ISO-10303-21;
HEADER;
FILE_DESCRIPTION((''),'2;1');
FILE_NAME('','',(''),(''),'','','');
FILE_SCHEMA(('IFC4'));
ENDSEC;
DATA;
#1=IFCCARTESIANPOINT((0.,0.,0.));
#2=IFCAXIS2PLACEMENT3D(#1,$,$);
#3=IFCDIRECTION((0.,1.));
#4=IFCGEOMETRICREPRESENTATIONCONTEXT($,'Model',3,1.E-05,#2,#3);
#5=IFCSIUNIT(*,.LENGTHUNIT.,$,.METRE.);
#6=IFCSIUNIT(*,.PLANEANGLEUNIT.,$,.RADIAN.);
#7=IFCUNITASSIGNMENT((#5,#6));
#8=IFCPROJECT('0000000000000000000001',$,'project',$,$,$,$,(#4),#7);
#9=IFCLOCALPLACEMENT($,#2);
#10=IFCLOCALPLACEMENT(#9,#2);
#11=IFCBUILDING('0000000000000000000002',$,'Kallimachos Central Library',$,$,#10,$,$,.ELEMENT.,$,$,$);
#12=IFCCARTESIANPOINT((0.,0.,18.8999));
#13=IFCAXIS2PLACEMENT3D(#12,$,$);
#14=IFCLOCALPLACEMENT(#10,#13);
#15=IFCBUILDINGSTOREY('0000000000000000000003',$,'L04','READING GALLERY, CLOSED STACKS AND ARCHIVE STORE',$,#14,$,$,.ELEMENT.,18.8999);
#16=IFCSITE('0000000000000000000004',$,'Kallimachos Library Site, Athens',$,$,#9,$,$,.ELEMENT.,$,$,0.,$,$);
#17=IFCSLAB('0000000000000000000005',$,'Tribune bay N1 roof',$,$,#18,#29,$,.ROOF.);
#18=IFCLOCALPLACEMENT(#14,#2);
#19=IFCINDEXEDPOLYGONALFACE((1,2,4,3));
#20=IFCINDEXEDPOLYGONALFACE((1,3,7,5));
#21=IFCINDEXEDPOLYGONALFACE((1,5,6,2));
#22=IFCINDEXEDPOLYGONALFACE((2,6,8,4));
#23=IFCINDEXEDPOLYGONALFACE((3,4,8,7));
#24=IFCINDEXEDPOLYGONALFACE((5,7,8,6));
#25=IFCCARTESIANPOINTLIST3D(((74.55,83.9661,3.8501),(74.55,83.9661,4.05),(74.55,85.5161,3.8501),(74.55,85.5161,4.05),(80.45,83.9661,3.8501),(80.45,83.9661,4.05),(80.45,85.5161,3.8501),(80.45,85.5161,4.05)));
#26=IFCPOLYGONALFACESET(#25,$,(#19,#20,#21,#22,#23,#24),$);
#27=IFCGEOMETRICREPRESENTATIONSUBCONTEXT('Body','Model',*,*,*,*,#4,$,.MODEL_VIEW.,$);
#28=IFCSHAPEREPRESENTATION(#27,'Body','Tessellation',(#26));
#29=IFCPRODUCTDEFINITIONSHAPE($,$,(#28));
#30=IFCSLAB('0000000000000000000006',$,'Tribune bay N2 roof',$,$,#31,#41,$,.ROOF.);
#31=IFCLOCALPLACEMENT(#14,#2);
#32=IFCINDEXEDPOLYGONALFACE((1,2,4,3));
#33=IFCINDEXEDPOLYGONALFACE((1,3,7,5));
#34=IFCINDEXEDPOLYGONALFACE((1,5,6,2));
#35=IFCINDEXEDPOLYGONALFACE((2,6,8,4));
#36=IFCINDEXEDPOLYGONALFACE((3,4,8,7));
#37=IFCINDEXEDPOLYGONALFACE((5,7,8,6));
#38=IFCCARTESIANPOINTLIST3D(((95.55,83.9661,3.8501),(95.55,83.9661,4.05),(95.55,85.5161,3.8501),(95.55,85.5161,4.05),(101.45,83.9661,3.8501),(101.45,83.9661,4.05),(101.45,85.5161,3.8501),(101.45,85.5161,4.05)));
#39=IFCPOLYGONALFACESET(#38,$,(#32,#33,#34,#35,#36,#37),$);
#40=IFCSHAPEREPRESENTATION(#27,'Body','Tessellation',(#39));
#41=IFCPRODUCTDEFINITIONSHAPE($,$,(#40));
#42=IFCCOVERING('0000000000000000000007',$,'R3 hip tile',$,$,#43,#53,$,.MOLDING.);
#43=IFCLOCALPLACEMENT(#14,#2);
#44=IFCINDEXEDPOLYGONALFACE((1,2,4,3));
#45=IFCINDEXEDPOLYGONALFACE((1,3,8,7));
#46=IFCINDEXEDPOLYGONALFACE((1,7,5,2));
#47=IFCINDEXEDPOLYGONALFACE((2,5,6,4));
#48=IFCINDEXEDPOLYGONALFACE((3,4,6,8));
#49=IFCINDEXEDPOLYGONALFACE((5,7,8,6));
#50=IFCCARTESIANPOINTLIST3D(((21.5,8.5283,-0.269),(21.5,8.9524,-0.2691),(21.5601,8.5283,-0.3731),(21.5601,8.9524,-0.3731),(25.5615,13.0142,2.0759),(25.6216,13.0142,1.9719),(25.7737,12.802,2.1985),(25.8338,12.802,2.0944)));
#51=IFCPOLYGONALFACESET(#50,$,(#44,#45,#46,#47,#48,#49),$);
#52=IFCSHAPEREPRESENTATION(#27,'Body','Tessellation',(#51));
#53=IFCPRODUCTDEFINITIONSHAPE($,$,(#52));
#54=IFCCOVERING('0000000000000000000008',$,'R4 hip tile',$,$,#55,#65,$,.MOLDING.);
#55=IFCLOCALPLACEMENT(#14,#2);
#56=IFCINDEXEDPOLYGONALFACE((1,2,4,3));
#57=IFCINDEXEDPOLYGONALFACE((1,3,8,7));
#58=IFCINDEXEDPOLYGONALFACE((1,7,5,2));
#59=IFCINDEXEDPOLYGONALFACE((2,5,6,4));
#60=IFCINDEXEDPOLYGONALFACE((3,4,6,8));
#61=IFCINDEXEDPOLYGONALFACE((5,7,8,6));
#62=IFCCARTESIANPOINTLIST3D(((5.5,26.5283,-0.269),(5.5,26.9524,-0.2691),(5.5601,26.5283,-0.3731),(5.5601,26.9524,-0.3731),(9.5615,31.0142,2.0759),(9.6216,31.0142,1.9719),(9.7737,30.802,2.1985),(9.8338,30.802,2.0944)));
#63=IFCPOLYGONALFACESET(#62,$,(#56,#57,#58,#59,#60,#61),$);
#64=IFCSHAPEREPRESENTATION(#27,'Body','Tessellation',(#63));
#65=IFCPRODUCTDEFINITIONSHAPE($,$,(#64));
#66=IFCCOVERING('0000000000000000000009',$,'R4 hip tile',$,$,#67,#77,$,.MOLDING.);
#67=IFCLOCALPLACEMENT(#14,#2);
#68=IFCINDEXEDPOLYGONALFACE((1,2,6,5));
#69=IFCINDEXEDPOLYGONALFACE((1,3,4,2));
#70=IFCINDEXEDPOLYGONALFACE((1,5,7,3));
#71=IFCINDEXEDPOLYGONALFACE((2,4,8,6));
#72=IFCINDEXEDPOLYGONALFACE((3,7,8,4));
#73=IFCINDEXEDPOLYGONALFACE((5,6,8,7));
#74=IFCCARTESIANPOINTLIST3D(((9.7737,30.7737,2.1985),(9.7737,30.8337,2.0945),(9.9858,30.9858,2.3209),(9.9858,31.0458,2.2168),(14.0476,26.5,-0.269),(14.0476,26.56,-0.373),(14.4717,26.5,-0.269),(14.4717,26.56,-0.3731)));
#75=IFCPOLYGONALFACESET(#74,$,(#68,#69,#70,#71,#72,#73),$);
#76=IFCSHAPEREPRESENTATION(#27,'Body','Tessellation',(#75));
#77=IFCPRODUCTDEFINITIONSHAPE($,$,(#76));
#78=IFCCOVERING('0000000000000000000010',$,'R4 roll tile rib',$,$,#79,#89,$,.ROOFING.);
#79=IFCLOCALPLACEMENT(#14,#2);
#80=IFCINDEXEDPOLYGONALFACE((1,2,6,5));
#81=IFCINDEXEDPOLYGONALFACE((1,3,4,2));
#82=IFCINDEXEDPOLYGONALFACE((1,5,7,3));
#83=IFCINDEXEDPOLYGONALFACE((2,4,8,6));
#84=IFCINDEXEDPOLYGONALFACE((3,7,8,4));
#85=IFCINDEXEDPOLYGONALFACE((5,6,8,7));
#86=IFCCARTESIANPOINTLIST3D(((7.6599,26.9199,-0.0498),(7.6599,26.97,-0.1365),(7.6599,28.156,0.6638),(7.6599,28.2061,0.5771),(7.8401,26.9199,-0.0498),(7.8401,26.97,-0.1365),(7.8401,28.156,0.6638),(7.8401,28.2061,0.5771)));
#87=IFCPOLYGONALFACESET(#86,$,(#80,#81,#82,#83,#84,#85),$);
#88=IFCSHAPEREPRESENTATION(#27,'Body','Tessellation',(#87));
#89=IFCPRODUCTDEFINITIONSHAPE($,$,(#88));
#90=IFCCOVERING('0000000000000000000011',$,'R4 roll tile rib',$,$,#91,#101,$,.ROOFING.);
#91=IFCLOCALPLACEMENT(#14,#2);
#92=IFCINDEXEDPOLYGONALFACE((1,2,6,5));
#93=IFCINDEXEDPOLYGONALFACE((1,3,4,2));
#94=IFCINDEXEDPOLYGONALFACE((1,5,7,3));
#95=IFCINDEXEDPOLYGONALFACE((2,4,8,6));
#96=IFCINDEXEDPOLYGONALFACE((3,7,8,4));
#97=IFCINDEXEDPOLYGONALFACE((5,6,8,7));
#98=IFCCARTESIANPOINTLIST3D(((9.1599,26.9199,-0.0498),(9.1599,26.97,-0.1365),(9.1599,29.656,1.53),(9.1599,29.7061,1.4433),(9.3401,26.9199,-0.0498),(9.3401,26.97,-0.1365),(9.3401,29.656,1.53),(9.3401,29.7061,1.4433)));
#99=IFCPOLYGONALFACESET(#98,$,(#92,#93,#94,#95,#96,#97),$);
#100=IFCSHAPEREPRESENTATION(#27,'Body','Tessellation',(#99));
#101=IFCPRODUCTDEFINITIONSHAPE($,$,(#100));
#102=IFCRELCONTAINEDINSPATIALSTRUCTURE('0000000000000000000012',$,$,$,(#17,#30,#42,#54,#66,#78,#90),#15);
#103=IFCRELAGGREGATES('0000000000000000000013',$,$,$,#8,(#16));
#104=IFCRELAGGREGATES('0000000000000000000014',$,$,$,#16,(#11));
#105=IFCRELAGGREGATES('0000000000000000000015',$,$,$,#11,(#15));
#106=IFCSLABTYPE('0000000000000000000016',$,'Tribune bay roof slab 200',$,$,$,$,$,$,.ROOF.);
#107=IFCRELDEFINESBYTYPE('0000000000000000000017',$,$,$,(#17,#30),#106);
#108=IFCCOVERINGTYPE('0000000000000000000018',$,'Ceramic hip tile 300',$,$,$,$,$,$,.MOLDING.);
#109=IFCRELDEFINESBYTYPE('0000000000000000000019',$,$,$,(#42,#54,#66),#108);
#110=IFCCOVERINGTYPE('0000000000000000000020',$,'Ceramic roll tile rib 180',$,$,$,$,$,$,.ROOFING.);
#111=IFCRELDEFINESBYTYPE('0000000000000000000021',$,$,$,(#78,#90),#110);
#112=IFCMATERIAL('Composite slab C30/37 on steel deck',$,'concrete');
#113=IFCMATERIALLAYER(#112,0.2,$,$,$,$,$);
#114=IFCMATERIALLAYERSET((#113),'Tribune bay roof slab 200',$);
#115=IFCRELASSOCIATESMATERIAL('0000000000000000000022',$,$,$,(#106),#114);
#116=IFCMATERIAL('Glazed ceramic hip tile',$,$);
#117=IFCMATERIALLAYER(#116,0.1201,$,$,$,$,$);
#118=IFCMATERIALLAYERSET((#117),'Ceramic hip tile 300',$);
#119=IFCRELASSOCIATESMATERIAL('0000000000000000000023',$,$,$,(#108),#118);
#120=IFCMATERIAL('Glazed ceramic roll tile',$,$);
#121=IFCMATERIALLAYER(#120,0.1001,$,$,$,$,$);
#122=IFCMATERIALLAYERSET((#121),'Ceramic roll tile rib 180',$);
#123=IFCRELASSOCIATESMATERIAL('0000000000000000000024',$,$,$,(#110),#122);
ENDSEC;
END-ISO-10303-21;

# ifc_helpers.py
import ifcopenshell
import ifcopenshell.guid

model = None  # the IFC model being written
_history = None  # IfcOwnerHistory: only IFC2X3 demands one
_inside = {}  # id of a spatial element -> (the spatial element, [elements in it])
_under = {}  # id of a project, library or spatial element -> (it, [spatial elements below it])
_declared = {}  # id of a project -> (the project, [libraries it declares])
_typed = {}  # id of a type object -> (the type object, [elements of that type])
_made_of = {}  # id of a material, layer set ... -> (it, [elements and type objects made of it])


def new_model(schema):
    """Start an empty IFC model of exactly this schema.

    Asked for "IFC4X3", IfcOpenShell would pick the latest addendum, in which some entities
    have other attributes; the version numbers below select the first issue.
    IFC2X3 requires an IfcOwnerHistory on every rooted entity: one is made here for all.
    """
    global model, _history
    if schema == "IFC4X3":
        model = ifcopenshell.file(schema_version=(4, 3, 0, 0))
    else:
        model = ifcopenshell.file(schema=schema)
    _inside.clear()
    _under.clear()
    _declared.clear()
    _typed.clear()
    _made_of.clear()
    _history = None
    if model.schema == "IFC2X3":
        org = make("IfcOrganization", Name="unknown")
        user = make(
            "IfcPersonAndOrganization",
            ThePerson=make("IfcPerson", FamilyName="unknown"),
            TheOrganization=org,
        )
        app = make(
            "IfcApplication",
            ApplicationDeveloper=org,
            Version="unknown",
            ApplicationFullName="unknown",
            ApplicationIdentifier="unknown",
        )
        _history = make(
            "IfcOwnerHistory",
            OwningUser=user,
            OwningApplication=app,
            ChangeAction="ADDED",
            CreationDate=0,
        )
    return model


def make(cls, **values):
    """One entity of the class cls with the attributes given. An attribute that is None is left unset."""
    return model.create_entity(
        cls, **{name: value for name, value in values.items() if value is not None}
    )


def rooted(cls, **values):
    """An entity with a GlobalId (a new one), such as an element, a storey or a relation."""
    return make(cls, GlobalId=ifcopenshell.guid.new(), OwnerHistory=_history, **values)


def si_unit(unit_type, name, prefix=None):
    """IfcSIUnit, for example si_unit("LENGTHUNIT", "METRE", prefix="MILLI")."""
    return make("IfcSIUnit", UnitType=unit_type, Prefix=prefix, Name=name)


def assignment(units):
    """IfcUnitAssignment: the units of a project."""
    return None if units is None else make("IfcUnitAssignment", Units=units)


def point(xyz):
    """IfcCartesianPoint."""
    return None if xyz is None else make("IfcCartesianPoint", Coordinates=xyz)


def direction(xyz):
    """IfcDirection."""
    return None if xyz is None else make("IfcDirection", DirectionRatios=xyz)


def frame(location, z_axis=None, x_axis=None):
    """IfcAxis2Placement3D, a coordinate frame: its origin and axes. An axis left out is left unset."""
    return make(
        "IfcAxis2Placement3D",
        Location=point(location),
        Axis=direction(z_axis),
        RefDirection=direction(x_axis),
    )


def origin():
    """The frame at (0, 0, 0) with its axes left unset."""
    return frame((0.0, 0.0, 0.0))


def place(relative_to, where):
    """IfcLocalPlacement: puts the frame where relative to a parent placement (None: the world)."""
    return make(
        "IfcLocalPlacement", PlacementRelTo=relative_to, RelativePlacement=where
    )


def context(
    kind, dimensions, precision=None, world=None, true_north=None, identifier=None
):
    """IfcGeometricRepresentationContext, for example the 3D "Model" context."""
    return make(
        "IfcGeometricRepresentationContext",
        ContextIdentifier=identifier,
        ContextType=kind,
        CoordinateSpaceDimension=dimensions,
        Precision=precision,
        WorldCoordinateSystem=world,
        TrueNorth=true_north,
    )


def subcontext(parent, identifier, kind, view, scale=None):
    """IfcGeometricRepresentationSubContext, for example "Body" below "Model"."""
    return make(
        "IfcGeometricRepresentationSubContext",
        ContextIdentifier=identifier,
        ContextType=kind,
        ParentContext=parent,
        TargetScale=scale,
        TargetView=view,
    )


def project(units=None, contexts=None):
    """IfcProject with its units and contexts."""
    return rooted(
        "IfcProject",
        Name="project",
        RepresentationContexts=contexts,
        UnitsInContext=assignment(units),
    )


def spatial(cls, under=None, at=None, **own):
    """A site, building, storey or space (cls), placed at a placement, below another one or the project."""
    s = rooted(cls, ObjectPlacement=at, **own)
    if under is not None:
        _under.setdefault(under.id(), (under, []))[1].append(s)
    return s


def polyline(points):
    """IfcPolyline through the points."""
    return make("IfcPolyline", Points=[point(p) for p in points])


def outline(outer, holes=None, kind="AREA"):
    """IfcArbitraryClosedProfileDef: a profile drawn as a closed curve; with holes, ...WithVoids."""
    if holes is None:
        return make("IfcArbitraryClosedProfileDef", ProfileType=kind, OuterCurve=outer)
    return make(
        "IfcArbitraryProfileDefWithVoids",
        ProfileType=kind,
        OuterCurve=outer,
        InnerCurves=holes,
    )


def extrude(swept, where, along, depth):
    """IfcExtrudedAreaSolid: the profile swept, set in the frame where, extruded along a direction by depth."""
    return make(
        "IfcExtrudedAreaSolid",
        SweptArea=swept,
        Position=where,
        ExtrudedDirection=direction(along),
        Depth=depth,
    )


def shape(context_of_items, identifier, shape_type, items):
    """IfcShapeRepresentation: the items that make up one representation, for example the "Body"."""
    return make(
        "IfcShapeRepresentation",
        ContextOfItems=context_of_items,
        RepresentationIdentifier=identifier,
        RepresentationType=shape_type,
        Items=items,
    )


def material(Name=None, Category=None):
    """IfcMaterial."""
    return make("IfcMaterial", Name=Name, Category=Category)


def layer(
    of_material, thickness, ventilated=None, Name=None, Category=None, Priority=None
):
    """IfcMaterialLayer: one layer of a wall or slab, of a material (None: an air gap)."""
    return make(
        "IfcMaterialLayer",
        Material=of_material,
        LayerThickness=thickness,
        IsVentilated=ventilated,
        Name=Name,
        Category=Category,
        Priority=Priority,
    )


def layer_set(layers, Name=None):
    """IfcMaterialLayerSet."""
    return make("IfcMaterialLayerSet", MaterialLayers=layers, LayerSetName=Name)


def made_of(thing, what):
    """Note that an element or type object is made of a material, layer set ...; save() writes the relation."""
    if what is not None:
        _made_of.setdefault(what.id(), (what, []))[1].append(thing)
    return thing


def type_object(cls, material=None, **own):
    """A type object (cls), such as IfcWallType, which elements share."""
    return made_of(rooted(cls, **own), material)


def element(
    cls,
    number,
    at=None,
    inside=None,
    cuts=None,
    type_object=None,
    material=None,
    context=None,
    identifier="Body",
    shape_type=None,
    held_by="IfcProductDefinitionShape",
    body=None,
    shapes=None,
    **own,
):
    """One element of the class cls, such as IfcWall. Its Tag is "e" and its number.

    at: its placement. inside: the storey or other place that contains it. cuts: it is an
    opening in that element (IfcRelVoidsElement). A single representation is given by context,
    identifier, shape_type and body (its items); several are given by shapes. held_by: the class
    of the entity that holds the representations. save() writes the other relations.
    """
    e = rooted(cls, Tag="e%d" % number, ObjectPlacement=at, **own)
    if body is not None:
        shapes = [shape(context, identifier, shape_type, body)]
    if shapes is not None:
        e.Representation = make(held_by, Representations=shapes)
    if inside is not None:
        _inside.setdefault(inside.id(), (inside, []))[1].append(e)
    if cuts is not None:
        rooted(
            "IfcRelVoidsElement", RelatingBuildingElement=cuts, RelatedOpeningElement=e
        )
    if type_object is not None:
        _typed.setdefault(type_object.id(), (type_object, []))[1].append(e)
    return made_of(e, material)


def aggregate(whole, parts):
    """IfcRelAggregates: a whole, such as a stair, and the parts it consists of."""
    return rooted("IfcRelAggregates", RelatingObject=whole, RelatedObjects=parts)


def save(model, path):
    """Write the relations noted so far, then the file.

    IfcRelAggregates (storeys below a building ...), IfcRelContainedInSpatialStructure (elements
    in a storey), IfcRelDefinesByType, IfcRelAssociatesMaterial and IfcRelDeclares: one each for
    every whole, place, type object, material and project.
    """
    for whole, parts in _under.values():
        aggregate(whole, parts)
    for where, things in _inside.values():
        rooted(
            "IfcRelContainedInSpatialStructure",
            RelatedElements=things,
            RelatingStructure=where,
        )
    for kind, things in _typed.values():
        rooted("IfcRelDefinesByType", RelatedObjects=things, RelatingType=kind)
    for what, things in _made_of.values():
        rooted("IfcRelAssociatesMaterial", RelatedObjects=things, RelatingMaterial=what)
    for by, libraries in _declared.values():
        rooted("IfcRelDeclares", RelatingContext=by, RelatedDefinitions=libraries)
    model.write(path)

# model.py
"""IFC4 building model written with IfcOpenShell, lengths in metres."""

from ifc_helpers import new_model, si_unit, direction, frame, origin, place, context, subcontext, project, spatial, polyline, outline, extrude, material, layer, layer_set, type_object, element, save


model = new_model("IFC4")

# Units and contexts
model_context = context("Model", 3, precision=1e-05, world=origin(), true_north=direction((0.0, 1.0)))
body_context = subcontext(model_context, "Body", "Model", "MODEL_VIEW")
ifc_project = project(units=[si_unit("LENGTHUNIT", "METRE"), si_unit("PLANEANGLEUNIT", "RADIAN")], contexts=[model_context])

# Site, building, storey
site_placement = place(None, origin())
site = spatial("IfcSite", under=ifc_project, at=site_placement, Name="Kallimachos Library Site, Athens", CompositionType="ELEMENT", RefElevation=0.0)
building_placement = place(site_placement, origin())
building = spatial("IfcBuilding", under=site, at=building_placement, Name="Kallimachos Central Library", CompositionType="ELEMENT")
storey_placement = place(building_placement, frame((0.0, 0.0, 18.8999)))
storey = spatial("IfcBuildingStorey", under=building, at=storey_placement, Name="L04", Description="READING GALLERY, CLOSED STACKS AND ARCHIVE STORE", CompositionType="ELEMENT", Elevation=18.8999)

# Slabs
ifc_material_1 = material(Name="Composite slab C30/37 on steel deck", Category="concrete")
ifc_layer_1 = layer(ifc_material_1, 0.2)
ifc_layer_set_1 = layer_set([ifc_layer_1], Name="Tribune bay roof slab 200")
slab_type_1 = type_object("IfcSlabType", Name="Tribune bay roof slab 200", PredefinedType="ROOF", material=ifc_layer_set_1)
slab_1_placement = place(storey_placement, frame((0.0, 0.0, 3.8501)))
element("IfcSlab", 1, at=slab_1_placement, inside=storey, type_object=slab_type_1, Name="Tribune bay N1 roof", PredefinedType="ROOF", context=body_context, shape_type="SweptSolid", body=[
    extrude(outline(polyline([(74.55, 83.9661), (80.45, 83.9661), (80.45, 85.5161), (74.55, 85.5161), (74.55, 83.9661)])), origin(), (0.0, 0.0, 1.0), 0.2),
])
slab_2_placement = place(storey_placement, frame((0.0, 0.0, 3.8501)))
element("IfcSlab", 2, at=slab_2_placement, inside=storey, type_object=slab_type_1, Name="Tribune bay N2 roof", PredefinedType="ROOF", context=body_context, shape_type="SweptSolid", body=[
    extrude(outline(polyline([(95.55, 83.9661), (101.45, 83.9661), (101.45, 85.5161), (95.55, 85.5161), (95.55, 83.9661)])), origin(), (0.0, 0.0, 1.0), 0.2),
])

# Coverings
ifc_material_2 = material(Name="Glazed ceramic hip tile")
ifc_layer_2 = layer(ifc_material_2, 0.1201)
ifc_layer_set_2 = layer_set([ifc_layer_2], Name="Ceramic hip tile 300")
covering_type_1 = type_object("IfcCoveringType", Name="Ceramic hip tile 300", PredefinedType="MOLDING", material=ifc_layer_set_2)
for number, where, z_axis, x_axis, name in (
    (3, (21.5, 8.5283, -0.269), (-0.500063, 0.000066, 0.865989), (0.000033, 1.0, -0.000057), "R3 hip tile"),
    (4, (5.5, 26.5283, -0.269), (-0.500063, 0.000066, 0.865989), (0.000033, 1.0, -0.000057), "R4 hip tile"),
):
    element("IfcCovering", number, at=place(storey_placement, frame(where, z_axis=z_axis, x_axis=x_axis)), inside=storey, type_object=covering_type_1, Name=name, PredefinedType="MOLDING", context=body_context, shape_type="SweptSolid", body=[
        extrude(outline(polyline([(0.0, 0.0), (0.4241, 0.0), (4.4858, -4.6899), (4.2737, -4.9349), (0.0, 0.0)])), origin(), (0.0, 0.0, -1.0), 0.1201),
    ])
covering_1_placement = place(storey_placement, frame((14.4717, 26.5, -0.269), z_axis=(0.00018, -0.499869, 0.866101), x_axis=(-1.0, -0.00009, 0.000156)))
element("IfcCovering", 5, at=covering_1_placement, inside=storey, type_object=covering_type_1, Name="R4 hip tile", PredefinedType="MOLDING", context=body_context, shape_type="SweptSolid", body=[
    extrude(outline(polyline([(0.0, 0.0), (0.4241, 0.0), (4.698, -4.9349), (4.4858, -5.1798), (0.0, 0.0)])), origin(), (0.0, 0.0, -1.0), 0.1201),
])
ifc_material_3 = material(Name="Glazed ceramic roll tile")
ifc_layer_3 = layer(ifc_material_3, 0.1001)
ifc_layer_set_3 = layer_set([ifc_layer_3], Name="Ceramic roll tile rib 180")
covering_type_2 = type_object("IfcCoveringType", Name="Ceramic roll tile rib 180", PredefinedType="ROOFING", material=ifc_layer_set_3)
covering_2_placement = place(storey_placement, frame((7.6599, 26.9199, -0.0498), z_axis=(0.0, -0.499984, 0.866035), x_axis=(0.0, 0.866035, 0.499984)))
element("IfcCovering", 6, at=covering_2_placement, inside=storey, type_object=covering_type_2, Name="R4 roll tile rib", PredefinedType="ROOFING", context=body_context, shape_type="SweptSolid", body=[
    extrude(outline(polyline([(0.0, 0.0), (1.4273, 0.0), (1.4273, -0.1802), (0.0, -0.1802), (0.0, 0.0)])), origin(), (0.0, 0.0, -1.0), 0.1001),
])
covering_3_placement = place(storey_placement, frame((9.1599, 26.9199, -0.0498), z_axis=(0.0, -0.500037, 0.866004), x_axis=(0.0, 0.866004, 0.500037)))
element("IfcCovering", 7, at=covering_3_placement, inside=storey, type_object=covering_type_2, Name="R4 roll tile rib", PredefinedType="ROOFING", context=body_context, shape_type="SweptSolid", body=[
    extrude(outline(polyline([(0.0, 0.0), (3.1594, 0.0), (3.1594, -0.1802), (0.0, -0.1802), (0.0, 0.0)])), origin(), (0.0, 0.0, -1.0), 0.1001),
])

save(model, "model.ifc")
